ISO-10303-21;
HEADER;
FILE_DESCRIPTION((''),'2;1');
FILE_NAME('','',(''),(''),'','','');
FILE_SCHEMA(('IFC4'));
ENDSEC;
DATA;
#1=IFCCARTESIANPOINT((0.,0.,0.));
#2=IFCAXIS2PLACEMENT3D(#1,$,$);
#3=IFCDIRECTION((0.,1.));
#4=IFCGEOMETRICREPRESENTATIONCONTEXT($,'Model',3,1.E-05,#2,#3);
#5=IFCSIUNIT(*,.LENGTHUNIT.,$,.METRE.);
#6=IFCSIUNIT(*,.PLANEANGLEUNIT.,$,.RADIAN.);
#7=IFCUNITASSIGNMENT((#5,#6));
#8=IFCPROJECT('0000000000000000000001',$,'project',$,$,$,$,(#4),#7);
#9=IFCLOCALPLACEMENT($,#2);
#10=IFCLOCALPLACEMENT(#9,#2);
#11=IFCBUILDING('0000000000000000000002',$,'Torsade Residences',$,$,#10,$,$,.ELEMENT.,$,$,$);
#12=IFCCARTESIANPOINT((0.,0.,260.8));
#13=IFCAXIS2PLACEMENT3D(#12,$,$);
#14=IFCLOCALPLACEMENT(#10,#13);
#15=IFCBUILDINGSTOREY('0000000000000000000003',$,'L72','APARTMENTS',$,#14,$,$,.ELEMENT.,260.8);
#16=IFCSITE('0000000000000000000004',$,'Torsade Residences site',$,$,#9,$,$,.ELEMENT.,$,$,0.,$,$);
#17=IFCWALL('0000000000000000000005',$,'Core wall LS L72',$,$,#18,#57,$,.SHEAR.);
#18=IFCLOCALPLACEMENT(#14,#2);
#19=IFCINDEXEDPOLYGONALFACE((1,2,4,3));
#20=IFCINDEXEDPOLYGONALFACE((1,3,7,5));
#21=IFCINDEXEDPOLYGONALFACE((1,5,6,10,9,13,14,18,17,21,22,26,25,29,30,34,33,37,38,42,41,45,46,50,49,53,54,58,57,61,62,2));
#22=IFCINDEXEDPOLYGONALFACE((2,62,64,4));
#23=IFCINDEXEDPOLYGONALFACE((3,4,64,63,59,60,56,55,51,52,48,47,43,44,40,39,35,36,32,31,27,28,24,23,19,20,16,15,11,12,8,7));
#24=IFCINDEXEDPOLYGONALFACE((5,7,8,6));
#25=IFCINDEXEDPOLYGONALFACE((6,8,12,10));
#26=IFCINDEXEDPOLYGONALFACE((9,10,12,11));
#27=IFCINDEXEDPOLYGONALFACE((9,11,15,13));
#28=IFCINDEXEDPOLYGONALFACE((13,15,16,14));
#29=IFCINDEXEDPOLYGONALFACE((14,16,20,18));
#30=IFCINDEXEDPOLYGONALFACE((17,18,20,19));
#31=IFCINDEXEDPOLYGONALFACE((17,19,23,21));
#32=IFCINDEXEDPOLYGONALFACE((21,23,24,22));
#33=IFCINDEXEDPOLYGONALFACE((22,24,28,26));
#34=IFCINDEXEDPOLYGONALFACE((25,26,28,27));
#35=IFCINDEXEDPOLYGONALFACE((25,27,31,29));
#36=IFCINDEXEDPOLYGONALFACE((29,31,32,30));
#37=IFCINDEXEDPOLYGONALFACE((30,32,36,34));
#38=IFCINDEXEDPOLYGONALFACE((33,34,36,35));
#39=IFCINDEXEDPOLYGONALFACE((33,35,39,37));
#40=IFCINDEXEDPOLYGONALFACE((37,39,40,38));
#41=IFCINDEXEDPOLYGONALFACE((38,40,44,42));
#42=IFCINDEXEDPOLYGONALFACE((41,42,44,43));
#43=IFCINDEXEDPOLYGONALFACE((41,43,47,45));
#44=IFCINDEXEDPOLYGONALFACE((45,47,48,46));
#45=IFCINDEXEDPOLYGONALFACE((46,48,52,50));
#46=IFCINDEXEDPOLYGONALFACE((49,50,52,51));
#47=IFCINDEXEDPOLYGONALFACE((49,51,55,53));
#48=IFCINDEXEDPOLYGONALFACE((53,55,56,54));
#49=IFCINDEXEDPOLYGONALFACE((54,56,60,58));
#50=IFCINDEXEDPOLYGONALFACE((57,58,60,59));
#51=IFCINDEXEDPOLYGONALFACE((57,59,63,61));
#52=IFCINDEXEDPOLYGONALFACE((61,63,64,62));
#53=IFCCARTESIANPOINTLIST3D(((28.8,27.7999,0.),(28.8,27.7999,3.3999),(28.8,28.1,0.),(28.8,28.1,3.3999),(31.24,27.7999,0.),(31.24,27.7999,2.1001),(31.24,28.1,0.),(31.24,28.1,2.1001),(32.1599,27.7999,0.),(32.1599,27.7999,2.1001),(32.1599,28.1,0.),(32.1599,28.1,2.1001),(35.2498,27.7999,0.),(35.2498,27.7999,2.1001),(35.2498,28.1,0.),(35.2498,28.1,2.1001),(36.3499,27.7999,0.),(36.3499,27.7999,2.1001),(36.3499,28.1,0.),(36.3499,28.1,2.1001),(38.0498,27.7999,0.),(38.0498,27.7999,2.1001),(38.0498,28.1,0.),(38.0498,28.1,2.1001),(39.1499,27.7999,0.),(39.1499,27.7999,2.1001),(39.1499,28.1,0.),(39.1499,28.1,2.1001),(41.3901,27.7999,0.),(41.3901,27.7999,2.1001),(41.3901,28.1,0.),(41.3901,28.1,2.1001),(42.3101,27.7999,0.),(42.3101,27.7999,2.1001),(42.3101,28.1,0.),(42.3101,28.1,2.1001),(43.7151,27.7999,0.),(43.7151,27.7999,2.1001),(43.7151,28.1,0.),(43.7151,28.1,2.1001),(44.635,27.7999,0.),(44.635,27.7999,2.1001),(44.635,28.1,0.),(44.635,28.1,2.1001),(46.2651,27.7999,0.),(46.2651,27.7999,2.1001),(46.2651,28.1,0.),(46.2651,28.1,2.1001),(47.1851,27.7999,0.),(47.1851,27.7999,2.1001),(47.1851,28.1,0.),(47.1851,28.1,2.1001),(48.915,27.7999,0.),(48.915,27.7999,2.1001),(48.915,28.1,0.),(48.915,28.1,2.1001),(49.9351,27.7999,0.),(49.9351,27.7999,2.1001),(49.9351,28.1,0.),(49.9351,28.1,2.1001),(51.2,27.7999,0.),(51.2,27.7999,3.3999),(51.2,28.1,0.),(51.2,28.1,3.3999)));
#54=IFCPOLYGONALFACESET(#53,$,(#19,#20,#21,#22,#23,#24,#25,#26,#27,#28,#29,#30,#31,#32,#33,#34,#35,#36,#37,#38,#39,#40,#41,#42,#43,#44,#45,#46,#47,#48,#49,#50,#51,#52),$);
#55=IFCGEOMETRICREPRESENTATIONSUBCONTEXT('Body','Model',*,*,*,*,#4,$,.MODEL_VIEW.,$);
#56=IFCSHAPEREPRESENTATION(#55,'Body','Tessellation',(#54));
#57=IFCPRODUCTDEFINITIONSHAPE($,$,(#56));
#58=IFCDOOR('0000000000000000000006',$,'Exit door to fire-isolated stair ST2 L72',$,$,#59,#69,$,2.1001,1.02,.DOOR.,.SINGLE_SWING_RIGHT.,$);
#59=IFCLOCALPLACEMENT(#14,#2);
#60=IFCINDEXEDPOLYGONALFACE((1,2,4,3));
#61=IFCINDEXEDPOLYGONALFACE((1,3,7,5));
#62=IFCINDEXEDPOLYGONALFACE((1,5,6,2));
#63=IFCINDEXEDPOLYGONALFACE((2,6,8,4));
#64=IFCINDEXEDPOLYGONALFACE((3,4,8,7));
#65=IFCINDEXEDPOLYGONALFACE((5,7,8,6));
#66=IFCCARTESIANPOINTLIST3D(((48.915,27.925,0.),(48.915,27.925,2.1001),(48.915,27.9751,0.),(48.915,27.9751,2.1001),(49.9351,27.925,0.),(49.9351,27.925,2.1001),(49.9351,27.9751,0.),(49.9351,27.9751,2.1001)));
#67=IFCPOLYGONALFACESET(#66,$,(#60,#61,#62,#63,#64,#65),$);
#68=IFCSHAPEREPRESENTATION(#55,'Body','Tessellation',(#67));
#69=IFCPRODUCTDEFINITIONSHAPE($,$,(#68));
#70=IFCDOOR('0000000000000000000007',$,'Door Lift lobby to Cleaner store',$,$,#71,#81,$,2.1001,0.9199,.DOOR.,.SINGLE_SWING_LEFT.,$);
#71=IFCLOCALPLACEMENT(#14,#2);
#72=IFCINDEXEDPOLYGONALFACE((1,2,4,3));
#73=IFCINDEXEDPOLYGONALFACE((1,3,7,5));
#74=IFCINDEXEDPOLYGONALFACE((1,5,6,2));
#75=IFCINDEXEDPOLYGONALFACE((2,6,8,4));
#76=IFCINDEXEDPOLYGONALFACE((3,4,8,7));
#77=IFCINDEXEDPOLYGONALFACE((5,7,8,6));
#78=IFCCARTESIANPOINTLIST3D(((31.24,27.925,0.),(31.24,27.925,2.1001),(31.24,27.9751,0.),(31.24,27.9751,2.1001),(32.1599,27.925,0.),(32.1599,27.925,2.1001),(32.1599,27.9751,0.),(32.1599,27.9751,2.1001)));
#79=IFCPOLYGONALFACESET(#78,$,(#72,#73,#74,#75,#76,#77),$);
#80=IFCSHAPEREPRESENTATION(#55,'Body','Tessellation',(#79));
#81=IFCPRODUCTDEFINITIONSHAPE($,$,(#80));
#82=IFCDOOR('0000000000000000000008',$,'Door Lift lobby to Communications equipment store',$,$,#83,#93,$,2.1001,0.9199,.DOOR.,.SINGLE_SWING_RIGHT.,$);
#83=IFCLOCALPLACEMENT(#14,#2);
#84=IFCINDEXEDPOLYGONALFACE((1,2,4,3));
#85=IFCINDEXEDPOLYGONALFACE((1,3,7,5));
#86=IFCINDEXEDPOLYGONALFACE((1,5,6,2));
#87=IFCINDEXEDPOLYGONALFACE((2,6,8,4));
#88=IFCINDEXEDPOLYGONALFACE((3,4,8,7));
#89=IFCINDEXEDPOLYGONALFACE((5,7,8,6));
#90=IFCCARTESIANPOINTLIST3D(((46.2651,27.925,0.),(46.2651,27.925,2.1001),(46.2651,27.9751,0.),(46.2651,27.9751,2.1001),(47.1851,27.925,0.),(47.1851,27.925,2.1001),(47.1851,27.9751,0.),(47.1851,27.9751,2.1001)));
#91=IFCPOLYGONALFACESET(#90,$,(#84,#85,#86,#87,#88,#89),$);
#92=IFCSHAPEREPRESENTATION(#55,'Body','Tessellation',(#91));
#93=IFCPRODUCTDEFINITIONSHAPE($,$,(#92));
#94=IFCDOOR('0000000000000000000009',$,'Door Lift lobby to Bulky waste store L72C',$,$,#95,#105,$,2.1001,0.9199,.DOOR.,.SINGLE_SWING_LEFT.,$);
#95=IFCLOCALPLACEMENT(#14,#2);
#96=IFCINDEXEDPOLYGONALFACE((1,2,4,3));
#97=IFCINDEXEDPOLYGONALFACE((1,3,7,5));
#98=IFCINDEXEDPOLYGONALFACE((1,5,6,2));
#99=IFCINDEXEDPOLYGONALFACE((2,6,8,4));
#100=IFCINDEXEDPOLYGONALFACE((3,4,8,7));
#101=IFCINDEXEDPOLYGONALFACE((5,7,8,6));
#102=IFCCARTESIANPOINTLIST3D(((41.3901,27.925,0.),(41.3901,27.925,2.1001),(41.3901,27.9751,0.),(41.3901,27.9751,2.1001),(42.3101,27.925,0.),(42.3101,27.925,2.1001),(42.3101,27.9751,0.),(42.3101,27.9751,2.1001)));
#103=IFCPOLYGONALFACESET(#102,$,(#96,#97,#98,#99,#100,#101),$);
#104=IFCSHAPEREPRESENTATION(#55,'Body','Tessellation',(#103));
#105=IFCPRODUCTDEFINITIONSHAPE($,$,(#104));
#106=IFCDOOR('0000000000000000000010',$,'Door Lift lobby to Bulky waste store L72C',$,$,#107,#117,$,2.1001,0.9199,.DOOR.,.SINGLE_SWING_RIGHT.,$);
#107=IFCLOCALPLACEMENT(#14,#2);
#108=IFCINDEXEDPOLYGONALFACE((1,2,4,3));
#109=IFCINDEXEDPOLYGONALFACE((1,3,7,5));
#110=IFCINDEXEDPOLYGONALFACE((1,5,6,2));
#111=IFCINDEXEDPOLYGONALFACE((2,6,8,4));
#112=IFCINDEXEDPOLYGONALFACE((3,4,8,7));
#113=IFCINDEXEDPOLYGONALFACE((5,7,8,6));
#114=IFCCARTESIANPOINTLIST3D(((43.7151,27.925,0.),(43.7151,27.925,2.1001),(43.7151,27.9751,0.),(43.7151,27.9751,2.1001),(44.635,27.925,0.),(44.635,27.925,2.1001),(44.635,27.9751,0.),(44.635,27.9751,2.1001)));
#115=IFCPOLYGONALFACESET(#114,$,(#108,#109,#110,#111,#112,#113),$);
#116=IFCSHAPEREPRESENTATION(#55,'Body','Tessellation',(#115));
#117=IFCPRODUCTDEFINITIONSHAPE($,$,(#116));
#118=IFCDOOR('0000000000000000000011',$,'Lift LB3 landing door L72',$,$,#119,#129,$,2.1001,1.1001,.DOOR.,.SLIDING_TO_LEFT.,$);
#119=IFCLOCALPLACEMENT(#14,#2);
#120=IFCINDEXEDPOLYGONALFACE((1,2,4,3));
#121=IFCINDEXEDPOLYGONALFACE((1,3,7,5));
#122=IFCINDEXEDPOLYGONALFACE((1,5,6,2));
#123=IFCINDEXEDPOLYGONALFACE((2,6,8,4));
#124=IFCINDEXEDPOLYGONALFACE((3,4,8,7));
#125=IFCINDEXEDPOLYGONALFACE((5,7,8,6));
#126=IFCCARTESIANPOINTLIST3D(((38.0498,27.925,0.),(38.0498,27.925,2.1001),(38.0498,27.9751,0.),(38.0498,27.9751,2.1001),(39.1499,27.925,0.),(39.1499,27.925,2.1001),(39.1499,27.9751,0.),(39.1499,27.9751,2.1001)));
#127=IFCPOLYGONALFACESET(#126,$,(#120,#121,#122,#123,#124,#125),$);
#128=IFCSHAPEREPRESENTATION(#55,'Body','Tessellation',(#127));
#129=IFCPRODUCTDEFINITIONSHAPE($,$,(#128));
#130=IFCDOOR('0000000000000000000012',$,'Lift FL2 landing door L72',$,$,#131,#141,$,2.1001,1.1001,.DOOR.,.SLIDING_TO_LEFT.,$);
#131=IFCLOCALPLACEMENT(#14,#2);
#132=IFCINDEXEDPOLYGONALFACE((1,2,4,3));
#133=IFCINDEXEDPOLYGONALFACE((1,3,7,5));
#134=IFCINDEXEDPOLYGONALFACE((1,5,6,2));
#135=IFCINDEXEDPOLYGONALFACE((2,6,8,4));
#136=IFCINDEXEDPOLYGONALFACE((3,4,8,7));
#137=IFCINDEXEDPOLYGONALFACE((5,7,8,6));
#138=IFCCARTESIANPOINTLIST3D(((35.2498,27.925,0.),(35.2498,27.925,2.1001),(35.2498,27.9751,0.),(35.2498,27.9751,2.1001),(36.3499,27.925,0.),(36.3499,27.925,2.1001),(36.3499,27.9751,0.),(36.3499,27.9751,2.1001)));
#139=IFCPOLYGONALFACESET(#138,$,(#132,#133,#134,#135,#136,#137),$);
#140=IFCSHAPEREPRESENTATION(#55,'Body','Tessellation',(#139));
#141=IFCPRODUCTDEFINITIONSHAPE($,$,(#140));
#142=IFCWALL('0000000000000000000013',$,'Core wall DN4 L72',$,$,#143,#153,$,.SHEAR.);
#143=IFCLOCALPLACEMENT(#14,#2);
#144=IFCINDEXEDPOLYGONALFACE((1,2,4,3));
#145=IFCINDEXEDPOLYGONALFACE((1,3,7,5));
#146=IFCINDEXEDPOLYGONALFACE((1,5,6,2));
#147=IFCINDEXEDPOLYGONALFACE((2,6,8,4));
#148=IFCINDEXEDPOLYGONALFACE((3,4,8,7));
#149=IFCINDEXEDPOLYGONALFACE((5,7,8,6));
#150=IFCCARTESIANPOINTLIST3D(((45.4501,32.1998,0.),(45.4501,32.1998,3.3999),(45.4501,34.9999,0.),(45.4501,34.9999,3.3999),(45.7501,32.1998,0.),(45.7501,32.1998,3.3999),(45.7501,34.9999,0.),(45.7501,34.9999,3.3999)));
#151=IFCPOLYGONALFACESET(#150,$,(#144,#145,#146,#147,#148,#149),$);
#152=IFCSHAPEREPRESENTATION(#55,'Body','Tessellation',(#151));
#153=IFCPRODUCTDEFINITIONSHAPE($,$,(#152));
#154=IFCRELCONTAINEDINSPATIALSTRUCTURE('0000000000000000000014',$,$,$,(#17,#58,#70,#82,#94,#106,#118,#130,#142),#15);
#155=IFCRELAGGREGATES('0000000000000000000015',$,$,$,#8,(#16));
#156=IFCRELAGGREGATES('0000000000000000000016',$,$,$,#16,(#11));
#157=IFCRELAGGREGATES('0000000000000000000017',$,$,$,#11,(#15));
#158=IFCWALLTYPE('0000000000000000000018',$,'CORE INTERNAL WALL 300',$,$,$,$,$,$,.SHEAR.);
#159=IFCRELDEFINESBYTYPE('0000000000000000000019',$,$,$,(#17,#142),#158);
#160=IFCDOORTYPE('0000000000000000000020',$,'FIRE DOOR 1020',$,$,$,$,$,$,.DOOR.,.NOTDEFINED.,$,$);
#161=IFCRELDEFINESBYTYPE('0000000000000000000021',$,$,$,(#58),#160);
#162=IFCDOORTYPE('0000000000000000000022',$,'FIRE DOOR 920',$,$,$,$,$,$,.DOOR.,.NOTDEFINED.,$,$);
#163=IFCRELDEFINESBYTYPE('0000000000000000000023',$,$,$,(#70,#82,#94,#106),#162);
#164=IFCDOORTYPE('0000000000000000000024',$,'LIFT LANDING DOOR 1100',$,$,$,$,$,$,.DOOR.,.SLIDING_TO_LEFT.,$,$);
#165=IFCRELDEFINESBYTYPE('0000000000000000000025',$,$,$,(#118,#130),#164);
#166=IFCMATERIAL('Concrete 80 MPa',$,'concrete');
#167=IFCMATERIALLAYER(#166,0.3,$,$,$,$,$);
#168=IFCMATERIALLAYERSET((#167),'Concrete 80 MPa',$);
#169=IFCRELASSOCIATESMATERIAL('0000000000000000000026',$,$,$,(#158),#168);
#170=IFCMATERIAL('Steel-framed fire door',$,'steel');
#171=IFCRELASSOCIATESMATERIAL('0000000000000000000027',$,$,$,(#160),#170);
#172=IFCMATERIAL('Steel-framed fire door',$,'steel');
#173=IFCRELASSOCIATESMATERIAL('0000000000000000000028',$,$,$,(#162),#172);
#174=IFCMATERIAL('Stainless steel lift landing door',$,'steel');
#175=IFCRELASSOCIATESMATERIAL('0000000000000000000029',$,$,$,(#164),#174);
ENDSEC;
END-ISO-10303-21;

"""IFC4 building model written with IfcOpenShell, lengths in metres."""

from ifc_helpers import new_model, si_unit, direction, frame, frame_2d, origin, place, context, subcontext, project, spatial, rectangle, extrude, material, layer, layer_set, type_object, element, fill, save


model = new_model("IFC4")

# Units and contexts
model_context = context("Model", 3, precision=1e-05, world=origin(), true_north=direction((0.0, 1.0)))
body_context = subcontext(model_context, "Body", "Model", "MODEL_VIEW")
ifc_project = project(units=[si_unit("LENGTHUNIT", "METRE"), si_unit("PLANEANGLEUNIT", "RADIAN")], contexts=[model_context])

# Site, building, storey
site_placement = place(None, origin())
site = spatial("IfcSite", under=ifc_project, at=site_placement, Name="Torsade Residences site", CompositionType="ELEMENT", RefElevation=0.0)
building_placement = place(site_placement, origin())
building = spatial("IfcBuilding", under=site, at=building_placement, Name="Torsade Residences", CompositionType="ELEMENT")
storey_placement = place(building_placement, frame((0.0, 0.0, 260.8)))
storey = spatial("IfcBuildingStorey", under=building, at=storey_placement, Name="L72", Description="APARTMENTS", CompositionType="ELEMENT", Elevation=260.8)

# Wall, openings, doors
ifc_material_1 = material(Name="Concrete 80 MPa", Category="concrete")
ifc_layer_1 = layer(ifc_material_1, 0.3)
ifc_layer_set_1 = layer_set([ifc_layer_1], Name="Concrete 80 MPa")
wall_type_1 = type_object("IfcWallType", Name="CORE INTERNAL WALL 300", PredefinedType="SHEAR", material=ifc_layer_set_1)
wall_1_placement = place(storey_placement, frame((51.2, 27.95, 0.0), z_axis=(0.0, 0.0, 1.0), x_axis=(-1.0, 0.0, 0.0)))
wall_1 = element("IfcWall", 1, at=wall_1_placement, inside=storey, type_object=wall_type_1, Name="Core wall LS L72", PredefinedType="SHEAR", context=body_context, shape_type="SweptSolid", body=[
    extrude(rectangle(XDim=22.3999, YDim=0.3, at=frame_2d((11.2, 0.0))), origin(), (0.0, 0.0, 1.0), 3.3999),
])
opening_1_placement = place(wall_1_placement, frame((19.04, 0.0, 0.0)))
opening_1 = element("IfcOpeningElement", 2, at=opening_1_placement, cuts=wall_1, PredefinedType="OPENING", context=body_context, shape_type="SweptSolid", body=[
    extrude(rectangle(XDim=0.9199, YDim=2.1001, at=frame_2d((0.46, 1.05))), frame((0.0, 0.1599, 0.0), z_axis=(0.0, -1.0, 0.0), x_axis=(1.0, 0.0, 0.0)), (0.0, 0.0, 1.0), 0.3201),
])
opening_2_placement = place(wall_1_placement, frame((1.2649, 0.0, 0.0)))
opening_2 = element("IfcOpeningElement", 3, at=opening_2_placement, cuts=wall_1, PredefinedType="OPENING", context=body_context, shape_type="SweptSolid", body=[
    extrude(rectangle(XDim=1.02, YDim=2.1001, at=frame_2d((0.51, 1.05))), frame((0.0, 0.1599, 0.0), z_axis=(0.0, -1.0, 0.0), x_axis=(1.0, 0.0, 0.0)), (0.0, 0.0, 1.0), 0.3201),
])
opening_3_placement = place(wall_1_placement, frame((4.0149, 0.0, 0.0)))
opening_3 = element("IfcOpeningElement", 4, at=opening_3_placement, cuts=wall_1, PredefinedType="OPENING", context=body_context, shape_type="SweptSolid", body=[
    extrude(rectangle(XDim=0.9199, YDim=2.1001, at=frame_2d((0.46, 1.05))), frame((0.0, 0.1599, 0.0), z_axis=(0.0, -1.0, 0.0), x_axis=(1.0, 0.0, 0.0)), (0.0, 0.0, 1.0), 0.3201),
])
opening_4_placement = place(wall_1_placement, frame((8.8899, 0.0, 0.0)))
opening_4 = element("IfcOpeningElement", 5, at=opening_4_placement, cuts=wall_1, PredefinedType="OPENING", context=body_context, shape_type="SweptSolid", body=[
    extrude(rectangle(XDim=0.9199, YDim=2.1001, at=frame_2d((0.46, 1.05))), frame((0.0, 0.1599, 0.0), z_axis=(0.0, -1.0, 0.0), x_axis=(1.0, 0.0, 0.0)), (0.0, 0.0, 1.0), 0.3201),
])
opening_5_placement = place(wall_1_placement, frame((6.5649, 0.0, 0.0)))
opening_5 = element("IfcOpeningElement", 6, at=opening_5_placement, cuts=wall_1, PredefinedType="OPENING", context=body_context, shape_type="SweptSolid", body=[
    extrude(rectangle(XDim=0.9199, YDim=2.1001, at=frame_2d((0.46, 1.05))), frame((0.0, 0.1599, 0.0), z_axis=(0.0, -1.0, 0.0), x_axis=(1.0, 0.0, 0.0)), (0.0, 0.0, 1.0), 0.3201),
])
opening_6_placement = place(wall_1_placement, frame((12.05, 0.0, 0.0)))
opening_6 = element("IfcOpeningElement", 7, at=opening_6_placement, cuts=wall_1, PredefinedType="OPENING", context=body_context, shape_type="SweptSolid", body=[
    extrude(rectangle(XDim=1.1001, YDim=2.1001, at=frame_2d((0.55, 1.05))), frame((0.0, 0.1599, 0.0), z_axis=(0.0, -1.0, 0.0), x_axis=(1.0, 0.0, 0.0)), (0.0, 0.0, 1.0), 0.3201),
])
opening_7_placement = place(wall_1_placement, frame((14.8501, 0.0, 0.0)))
opening_7 = element("IfcOpeningElement", 8, at=opening_7_placement, cuts=wall_1, PredefinedType="OPENING", context=body_context, shape_type="SweptSolid", body=[
    extrude(rectangle(XDim=1.1001, YDim=2.1001, at=frame_2d((0.55, 1.05))), frame((0.0, 0.1599, 0.0), z_axis=(0.0, -1.0, 0.0), x_axis=(1.0, 0.0, 0.0)), (0.0, 0.0, 1.0), 0.3201),
])
ifc_material_2 = material(Name="Steel-framed fire door", Category="steel")
door_type_1 = type_object("IfcDoorType", Name="FIRE DOOR 1020", OperationType="NOTDEFINED", PredefinedType="DOOR", material=ifc_material_2)
door_1_placement = place(opening_2_placement, origin())
door_1 = element("IfcDoor", 9, at=door_1_placement, inside=storey, type_object=door_type_1, Name="Exit door to fire-isolated stair ST2 L72", OperationType="SINGLE_SWING_RIGHT", OverallHeight=2.1001, OverallWidth=1.02, PredefinedType="DOOR", context=body_context, shape_type="SweptSolid", body=[
    extrude(rectangle(XDim=1.02, YDim=2.1001, at=frame_2d((0.51, 1.05))), frame((0.0, 0.0249, 0.0), z_axis=(0.0, -1.0, 0.0), x_axis=(1.0, 0.0, 0.0)), (0.0, 0.0, 1.0), 0.05),
])
fill(opening_2, door_1)
ifc_material_3 = material(Name="Steel-framed fire door", Category="steel")
door_type_2 = type_object("IfcDoorType", Name="FIRE DOOR 920", OperationType="NOTDEFINED", PredefinedType="DOOR", material=ifc_material_3)
door_2_placement = place(opening_1_placement, origin())
door_2 = element("IfcDoor", 10, at=door_2_placement, inside=storey, type_object=door_type_2, Name="Door Lift lobby to Cleaner store", OperationType="SINGLE_SWING_LEFT", OverallHeight=2.1001, OverallWidth=0.9199, PredefinedType="DOOR", context=body_context, shape_type="SweptSolid", body=[
    extrude(rectangle(XDim=0.9199, YDim=2.1001, at=frame_2d((0.46, 1.05))), frame((0.0, 0.0249, 0.0), z_axis=(0.0, -1.0, 0.0), x_axis=(1.0, 0.0, 0.0)), (0.0, 0.0, 1.0), 0.05),
])
fill(opening_1, door_2)
door_3_placement = place(opening_3_placement, origin())
door_3 = element("IfcDoor", 11, at=door_3_placement, inside=storey, type_object=door_type_2, Name="Door Lift lobby to Communications equipment store", OperationType="SINGLE_SWING_RIGHT", OverallHeight=2.1001, OverallWidth=0.9199, PredefinedType="DOOR", context=body_context, shape_type="SweptSolid", body=[
    extrude(rectangle(XDim=0.9199, YDim=2.1001, at=frame_2d((0.46, 1.05))), frame((0.0, 0.0249, 0.0), z_axis=(0.0, -1.0, 0.0), x_axis=(1.0, 0.0, 0.0)), (0.0, 0.0, 1.0), 0.05),
])
fill(opening_3, door_3)
door_4_placement = place(opening_4_placement, origin())
door_4 = element("IfcDoor", 12, at=door_4_placement, inside=storey, type_object=door_type_2, Name="Door Lift lobby to Bulky waste store L72C", OperationType="SINGLE_SWING_LEFT", OverallHeight=2.1001, OverallWidth=0.9199, PredefinedType="DOOR", context=body_context, shape_type="SweptSolid", body=[
    extrude(rectangle(XDim=0.9199, YDim=2.1001, at=frame_2d((0.46, 1.05))), frame((0.0, 0.0249, 0.0), z_axis=(0.0, -1.0, 0.0), x_axis=(1.0, 0.0, 0.0)), (0.0, 0.0, 1.0), 0.05),
])
fill(opening_4, door_4)
door_5_placement = place(opening_5_placement, origin())
door_5 = element("IfcDoor", 13, at=door_5_placement, inside=storey, type_object=door_type_2, Name="Door Lift lobby to Bulky waste store L72C", OperationType="SINGLE_SWING_RIGHT", OverallHeight=2.1001, OverallWidth=0.9199, PredefinedType="DOOR", context=body_context, shape_type="SweptSolid", body=[
    extrude(rectangle(XDim=0.9199, YDim=2.1001, at=frame_2d((0.46, 1.05))), frame((0.0, 0.0249, 0.0), z_axis=(0.0, -1.0, 0.0), x_axis=(1.0, 0.0, 0.0)), (0.0, 0.0, 1.0), 0.05),
])
fill(opening_5, door_5)
ifc_material_4 = material(Name="Stainless steel lift landing door", Category="steel")
door_type_3 = type_object("IfcDoorType", Name="LIFT LANDING DOOR 1100", OperationType="SLIDING_TO_LEFT", PredefinedType="DOOR", material=ifc_material_4)
door_6_placement = place(opening_6_placement, origin())
door_6 = element("IfcDoor", 14, at=door_6_placement, inside=storey, type_object=door_type_3, Name="Lift LB3 landing door L72", OperationType="SLIDING_TO_LEFT", OverallHeight=2.1001, OverallWidth=1.1001, PredefinedType="DOOR", context=body_context, shape_type="SweptSolid", body=[
    extrude(rectangle(XDim=1.1001, YDim=2.1001, at=frame_2d((0.55, 1.05))), frame((0.0, 0.0249, 0.0), z_axis=(0.0, -1.0, 0.0), x_axis=(1.0, 0.0, 0.0)), (0.0, 0.0, 1.0), 0.05),
])
fill(opening_6, door_6)
door_7_placement = place(opening_7_placement, origin())
door_7 = element("IfcDoor", 15, at=door_7_placement, inside=storey, type_object=door_type_3, Name="Lift FL2 landing door L72", OperationType="SLIDING_TO_LEFT", OverallHeight=2.1001, OverallWidth=1.1001, PredefinedType="DOOR", context=body_context, shape_type="SweptSolid", body=[
    extrude(rectangle(XDim=1.1001, YDim=2.1001, at=frame_2d((0.55, 1.05))), frame((0.0, 0.0249, 0.0), z_axis=(0.0, -1.0, 0.0), x_axis=(1.0, 0.0, 0.0)), (0.0, 0.0, 1.0), 0.05),
])
fill(opening_7, door_7)

# Wall
wall_2_placement = place(storey_placement, frame((45.6001, 32.2, 0.0), z_axis=(0.0, 0.0, 1.0), x_axis=(0.0, 1.0, 0.0)))
element("IfcWall", 16, at=wall_2_placement, inside=storey, type_object=wall_type_1, Name="Core wall DN4 L72", PredefinedType="SHEAR", context=body_context, shape_type="SweptSolid", body=[
    extrude(rectangle(XDim=2.8, YDim=0.3, at=frame_2d((1.3999, 0.0))), origin(), (0.0, 0.0, 1.0), 3.3999),
])

save(model, "model.ifc")
